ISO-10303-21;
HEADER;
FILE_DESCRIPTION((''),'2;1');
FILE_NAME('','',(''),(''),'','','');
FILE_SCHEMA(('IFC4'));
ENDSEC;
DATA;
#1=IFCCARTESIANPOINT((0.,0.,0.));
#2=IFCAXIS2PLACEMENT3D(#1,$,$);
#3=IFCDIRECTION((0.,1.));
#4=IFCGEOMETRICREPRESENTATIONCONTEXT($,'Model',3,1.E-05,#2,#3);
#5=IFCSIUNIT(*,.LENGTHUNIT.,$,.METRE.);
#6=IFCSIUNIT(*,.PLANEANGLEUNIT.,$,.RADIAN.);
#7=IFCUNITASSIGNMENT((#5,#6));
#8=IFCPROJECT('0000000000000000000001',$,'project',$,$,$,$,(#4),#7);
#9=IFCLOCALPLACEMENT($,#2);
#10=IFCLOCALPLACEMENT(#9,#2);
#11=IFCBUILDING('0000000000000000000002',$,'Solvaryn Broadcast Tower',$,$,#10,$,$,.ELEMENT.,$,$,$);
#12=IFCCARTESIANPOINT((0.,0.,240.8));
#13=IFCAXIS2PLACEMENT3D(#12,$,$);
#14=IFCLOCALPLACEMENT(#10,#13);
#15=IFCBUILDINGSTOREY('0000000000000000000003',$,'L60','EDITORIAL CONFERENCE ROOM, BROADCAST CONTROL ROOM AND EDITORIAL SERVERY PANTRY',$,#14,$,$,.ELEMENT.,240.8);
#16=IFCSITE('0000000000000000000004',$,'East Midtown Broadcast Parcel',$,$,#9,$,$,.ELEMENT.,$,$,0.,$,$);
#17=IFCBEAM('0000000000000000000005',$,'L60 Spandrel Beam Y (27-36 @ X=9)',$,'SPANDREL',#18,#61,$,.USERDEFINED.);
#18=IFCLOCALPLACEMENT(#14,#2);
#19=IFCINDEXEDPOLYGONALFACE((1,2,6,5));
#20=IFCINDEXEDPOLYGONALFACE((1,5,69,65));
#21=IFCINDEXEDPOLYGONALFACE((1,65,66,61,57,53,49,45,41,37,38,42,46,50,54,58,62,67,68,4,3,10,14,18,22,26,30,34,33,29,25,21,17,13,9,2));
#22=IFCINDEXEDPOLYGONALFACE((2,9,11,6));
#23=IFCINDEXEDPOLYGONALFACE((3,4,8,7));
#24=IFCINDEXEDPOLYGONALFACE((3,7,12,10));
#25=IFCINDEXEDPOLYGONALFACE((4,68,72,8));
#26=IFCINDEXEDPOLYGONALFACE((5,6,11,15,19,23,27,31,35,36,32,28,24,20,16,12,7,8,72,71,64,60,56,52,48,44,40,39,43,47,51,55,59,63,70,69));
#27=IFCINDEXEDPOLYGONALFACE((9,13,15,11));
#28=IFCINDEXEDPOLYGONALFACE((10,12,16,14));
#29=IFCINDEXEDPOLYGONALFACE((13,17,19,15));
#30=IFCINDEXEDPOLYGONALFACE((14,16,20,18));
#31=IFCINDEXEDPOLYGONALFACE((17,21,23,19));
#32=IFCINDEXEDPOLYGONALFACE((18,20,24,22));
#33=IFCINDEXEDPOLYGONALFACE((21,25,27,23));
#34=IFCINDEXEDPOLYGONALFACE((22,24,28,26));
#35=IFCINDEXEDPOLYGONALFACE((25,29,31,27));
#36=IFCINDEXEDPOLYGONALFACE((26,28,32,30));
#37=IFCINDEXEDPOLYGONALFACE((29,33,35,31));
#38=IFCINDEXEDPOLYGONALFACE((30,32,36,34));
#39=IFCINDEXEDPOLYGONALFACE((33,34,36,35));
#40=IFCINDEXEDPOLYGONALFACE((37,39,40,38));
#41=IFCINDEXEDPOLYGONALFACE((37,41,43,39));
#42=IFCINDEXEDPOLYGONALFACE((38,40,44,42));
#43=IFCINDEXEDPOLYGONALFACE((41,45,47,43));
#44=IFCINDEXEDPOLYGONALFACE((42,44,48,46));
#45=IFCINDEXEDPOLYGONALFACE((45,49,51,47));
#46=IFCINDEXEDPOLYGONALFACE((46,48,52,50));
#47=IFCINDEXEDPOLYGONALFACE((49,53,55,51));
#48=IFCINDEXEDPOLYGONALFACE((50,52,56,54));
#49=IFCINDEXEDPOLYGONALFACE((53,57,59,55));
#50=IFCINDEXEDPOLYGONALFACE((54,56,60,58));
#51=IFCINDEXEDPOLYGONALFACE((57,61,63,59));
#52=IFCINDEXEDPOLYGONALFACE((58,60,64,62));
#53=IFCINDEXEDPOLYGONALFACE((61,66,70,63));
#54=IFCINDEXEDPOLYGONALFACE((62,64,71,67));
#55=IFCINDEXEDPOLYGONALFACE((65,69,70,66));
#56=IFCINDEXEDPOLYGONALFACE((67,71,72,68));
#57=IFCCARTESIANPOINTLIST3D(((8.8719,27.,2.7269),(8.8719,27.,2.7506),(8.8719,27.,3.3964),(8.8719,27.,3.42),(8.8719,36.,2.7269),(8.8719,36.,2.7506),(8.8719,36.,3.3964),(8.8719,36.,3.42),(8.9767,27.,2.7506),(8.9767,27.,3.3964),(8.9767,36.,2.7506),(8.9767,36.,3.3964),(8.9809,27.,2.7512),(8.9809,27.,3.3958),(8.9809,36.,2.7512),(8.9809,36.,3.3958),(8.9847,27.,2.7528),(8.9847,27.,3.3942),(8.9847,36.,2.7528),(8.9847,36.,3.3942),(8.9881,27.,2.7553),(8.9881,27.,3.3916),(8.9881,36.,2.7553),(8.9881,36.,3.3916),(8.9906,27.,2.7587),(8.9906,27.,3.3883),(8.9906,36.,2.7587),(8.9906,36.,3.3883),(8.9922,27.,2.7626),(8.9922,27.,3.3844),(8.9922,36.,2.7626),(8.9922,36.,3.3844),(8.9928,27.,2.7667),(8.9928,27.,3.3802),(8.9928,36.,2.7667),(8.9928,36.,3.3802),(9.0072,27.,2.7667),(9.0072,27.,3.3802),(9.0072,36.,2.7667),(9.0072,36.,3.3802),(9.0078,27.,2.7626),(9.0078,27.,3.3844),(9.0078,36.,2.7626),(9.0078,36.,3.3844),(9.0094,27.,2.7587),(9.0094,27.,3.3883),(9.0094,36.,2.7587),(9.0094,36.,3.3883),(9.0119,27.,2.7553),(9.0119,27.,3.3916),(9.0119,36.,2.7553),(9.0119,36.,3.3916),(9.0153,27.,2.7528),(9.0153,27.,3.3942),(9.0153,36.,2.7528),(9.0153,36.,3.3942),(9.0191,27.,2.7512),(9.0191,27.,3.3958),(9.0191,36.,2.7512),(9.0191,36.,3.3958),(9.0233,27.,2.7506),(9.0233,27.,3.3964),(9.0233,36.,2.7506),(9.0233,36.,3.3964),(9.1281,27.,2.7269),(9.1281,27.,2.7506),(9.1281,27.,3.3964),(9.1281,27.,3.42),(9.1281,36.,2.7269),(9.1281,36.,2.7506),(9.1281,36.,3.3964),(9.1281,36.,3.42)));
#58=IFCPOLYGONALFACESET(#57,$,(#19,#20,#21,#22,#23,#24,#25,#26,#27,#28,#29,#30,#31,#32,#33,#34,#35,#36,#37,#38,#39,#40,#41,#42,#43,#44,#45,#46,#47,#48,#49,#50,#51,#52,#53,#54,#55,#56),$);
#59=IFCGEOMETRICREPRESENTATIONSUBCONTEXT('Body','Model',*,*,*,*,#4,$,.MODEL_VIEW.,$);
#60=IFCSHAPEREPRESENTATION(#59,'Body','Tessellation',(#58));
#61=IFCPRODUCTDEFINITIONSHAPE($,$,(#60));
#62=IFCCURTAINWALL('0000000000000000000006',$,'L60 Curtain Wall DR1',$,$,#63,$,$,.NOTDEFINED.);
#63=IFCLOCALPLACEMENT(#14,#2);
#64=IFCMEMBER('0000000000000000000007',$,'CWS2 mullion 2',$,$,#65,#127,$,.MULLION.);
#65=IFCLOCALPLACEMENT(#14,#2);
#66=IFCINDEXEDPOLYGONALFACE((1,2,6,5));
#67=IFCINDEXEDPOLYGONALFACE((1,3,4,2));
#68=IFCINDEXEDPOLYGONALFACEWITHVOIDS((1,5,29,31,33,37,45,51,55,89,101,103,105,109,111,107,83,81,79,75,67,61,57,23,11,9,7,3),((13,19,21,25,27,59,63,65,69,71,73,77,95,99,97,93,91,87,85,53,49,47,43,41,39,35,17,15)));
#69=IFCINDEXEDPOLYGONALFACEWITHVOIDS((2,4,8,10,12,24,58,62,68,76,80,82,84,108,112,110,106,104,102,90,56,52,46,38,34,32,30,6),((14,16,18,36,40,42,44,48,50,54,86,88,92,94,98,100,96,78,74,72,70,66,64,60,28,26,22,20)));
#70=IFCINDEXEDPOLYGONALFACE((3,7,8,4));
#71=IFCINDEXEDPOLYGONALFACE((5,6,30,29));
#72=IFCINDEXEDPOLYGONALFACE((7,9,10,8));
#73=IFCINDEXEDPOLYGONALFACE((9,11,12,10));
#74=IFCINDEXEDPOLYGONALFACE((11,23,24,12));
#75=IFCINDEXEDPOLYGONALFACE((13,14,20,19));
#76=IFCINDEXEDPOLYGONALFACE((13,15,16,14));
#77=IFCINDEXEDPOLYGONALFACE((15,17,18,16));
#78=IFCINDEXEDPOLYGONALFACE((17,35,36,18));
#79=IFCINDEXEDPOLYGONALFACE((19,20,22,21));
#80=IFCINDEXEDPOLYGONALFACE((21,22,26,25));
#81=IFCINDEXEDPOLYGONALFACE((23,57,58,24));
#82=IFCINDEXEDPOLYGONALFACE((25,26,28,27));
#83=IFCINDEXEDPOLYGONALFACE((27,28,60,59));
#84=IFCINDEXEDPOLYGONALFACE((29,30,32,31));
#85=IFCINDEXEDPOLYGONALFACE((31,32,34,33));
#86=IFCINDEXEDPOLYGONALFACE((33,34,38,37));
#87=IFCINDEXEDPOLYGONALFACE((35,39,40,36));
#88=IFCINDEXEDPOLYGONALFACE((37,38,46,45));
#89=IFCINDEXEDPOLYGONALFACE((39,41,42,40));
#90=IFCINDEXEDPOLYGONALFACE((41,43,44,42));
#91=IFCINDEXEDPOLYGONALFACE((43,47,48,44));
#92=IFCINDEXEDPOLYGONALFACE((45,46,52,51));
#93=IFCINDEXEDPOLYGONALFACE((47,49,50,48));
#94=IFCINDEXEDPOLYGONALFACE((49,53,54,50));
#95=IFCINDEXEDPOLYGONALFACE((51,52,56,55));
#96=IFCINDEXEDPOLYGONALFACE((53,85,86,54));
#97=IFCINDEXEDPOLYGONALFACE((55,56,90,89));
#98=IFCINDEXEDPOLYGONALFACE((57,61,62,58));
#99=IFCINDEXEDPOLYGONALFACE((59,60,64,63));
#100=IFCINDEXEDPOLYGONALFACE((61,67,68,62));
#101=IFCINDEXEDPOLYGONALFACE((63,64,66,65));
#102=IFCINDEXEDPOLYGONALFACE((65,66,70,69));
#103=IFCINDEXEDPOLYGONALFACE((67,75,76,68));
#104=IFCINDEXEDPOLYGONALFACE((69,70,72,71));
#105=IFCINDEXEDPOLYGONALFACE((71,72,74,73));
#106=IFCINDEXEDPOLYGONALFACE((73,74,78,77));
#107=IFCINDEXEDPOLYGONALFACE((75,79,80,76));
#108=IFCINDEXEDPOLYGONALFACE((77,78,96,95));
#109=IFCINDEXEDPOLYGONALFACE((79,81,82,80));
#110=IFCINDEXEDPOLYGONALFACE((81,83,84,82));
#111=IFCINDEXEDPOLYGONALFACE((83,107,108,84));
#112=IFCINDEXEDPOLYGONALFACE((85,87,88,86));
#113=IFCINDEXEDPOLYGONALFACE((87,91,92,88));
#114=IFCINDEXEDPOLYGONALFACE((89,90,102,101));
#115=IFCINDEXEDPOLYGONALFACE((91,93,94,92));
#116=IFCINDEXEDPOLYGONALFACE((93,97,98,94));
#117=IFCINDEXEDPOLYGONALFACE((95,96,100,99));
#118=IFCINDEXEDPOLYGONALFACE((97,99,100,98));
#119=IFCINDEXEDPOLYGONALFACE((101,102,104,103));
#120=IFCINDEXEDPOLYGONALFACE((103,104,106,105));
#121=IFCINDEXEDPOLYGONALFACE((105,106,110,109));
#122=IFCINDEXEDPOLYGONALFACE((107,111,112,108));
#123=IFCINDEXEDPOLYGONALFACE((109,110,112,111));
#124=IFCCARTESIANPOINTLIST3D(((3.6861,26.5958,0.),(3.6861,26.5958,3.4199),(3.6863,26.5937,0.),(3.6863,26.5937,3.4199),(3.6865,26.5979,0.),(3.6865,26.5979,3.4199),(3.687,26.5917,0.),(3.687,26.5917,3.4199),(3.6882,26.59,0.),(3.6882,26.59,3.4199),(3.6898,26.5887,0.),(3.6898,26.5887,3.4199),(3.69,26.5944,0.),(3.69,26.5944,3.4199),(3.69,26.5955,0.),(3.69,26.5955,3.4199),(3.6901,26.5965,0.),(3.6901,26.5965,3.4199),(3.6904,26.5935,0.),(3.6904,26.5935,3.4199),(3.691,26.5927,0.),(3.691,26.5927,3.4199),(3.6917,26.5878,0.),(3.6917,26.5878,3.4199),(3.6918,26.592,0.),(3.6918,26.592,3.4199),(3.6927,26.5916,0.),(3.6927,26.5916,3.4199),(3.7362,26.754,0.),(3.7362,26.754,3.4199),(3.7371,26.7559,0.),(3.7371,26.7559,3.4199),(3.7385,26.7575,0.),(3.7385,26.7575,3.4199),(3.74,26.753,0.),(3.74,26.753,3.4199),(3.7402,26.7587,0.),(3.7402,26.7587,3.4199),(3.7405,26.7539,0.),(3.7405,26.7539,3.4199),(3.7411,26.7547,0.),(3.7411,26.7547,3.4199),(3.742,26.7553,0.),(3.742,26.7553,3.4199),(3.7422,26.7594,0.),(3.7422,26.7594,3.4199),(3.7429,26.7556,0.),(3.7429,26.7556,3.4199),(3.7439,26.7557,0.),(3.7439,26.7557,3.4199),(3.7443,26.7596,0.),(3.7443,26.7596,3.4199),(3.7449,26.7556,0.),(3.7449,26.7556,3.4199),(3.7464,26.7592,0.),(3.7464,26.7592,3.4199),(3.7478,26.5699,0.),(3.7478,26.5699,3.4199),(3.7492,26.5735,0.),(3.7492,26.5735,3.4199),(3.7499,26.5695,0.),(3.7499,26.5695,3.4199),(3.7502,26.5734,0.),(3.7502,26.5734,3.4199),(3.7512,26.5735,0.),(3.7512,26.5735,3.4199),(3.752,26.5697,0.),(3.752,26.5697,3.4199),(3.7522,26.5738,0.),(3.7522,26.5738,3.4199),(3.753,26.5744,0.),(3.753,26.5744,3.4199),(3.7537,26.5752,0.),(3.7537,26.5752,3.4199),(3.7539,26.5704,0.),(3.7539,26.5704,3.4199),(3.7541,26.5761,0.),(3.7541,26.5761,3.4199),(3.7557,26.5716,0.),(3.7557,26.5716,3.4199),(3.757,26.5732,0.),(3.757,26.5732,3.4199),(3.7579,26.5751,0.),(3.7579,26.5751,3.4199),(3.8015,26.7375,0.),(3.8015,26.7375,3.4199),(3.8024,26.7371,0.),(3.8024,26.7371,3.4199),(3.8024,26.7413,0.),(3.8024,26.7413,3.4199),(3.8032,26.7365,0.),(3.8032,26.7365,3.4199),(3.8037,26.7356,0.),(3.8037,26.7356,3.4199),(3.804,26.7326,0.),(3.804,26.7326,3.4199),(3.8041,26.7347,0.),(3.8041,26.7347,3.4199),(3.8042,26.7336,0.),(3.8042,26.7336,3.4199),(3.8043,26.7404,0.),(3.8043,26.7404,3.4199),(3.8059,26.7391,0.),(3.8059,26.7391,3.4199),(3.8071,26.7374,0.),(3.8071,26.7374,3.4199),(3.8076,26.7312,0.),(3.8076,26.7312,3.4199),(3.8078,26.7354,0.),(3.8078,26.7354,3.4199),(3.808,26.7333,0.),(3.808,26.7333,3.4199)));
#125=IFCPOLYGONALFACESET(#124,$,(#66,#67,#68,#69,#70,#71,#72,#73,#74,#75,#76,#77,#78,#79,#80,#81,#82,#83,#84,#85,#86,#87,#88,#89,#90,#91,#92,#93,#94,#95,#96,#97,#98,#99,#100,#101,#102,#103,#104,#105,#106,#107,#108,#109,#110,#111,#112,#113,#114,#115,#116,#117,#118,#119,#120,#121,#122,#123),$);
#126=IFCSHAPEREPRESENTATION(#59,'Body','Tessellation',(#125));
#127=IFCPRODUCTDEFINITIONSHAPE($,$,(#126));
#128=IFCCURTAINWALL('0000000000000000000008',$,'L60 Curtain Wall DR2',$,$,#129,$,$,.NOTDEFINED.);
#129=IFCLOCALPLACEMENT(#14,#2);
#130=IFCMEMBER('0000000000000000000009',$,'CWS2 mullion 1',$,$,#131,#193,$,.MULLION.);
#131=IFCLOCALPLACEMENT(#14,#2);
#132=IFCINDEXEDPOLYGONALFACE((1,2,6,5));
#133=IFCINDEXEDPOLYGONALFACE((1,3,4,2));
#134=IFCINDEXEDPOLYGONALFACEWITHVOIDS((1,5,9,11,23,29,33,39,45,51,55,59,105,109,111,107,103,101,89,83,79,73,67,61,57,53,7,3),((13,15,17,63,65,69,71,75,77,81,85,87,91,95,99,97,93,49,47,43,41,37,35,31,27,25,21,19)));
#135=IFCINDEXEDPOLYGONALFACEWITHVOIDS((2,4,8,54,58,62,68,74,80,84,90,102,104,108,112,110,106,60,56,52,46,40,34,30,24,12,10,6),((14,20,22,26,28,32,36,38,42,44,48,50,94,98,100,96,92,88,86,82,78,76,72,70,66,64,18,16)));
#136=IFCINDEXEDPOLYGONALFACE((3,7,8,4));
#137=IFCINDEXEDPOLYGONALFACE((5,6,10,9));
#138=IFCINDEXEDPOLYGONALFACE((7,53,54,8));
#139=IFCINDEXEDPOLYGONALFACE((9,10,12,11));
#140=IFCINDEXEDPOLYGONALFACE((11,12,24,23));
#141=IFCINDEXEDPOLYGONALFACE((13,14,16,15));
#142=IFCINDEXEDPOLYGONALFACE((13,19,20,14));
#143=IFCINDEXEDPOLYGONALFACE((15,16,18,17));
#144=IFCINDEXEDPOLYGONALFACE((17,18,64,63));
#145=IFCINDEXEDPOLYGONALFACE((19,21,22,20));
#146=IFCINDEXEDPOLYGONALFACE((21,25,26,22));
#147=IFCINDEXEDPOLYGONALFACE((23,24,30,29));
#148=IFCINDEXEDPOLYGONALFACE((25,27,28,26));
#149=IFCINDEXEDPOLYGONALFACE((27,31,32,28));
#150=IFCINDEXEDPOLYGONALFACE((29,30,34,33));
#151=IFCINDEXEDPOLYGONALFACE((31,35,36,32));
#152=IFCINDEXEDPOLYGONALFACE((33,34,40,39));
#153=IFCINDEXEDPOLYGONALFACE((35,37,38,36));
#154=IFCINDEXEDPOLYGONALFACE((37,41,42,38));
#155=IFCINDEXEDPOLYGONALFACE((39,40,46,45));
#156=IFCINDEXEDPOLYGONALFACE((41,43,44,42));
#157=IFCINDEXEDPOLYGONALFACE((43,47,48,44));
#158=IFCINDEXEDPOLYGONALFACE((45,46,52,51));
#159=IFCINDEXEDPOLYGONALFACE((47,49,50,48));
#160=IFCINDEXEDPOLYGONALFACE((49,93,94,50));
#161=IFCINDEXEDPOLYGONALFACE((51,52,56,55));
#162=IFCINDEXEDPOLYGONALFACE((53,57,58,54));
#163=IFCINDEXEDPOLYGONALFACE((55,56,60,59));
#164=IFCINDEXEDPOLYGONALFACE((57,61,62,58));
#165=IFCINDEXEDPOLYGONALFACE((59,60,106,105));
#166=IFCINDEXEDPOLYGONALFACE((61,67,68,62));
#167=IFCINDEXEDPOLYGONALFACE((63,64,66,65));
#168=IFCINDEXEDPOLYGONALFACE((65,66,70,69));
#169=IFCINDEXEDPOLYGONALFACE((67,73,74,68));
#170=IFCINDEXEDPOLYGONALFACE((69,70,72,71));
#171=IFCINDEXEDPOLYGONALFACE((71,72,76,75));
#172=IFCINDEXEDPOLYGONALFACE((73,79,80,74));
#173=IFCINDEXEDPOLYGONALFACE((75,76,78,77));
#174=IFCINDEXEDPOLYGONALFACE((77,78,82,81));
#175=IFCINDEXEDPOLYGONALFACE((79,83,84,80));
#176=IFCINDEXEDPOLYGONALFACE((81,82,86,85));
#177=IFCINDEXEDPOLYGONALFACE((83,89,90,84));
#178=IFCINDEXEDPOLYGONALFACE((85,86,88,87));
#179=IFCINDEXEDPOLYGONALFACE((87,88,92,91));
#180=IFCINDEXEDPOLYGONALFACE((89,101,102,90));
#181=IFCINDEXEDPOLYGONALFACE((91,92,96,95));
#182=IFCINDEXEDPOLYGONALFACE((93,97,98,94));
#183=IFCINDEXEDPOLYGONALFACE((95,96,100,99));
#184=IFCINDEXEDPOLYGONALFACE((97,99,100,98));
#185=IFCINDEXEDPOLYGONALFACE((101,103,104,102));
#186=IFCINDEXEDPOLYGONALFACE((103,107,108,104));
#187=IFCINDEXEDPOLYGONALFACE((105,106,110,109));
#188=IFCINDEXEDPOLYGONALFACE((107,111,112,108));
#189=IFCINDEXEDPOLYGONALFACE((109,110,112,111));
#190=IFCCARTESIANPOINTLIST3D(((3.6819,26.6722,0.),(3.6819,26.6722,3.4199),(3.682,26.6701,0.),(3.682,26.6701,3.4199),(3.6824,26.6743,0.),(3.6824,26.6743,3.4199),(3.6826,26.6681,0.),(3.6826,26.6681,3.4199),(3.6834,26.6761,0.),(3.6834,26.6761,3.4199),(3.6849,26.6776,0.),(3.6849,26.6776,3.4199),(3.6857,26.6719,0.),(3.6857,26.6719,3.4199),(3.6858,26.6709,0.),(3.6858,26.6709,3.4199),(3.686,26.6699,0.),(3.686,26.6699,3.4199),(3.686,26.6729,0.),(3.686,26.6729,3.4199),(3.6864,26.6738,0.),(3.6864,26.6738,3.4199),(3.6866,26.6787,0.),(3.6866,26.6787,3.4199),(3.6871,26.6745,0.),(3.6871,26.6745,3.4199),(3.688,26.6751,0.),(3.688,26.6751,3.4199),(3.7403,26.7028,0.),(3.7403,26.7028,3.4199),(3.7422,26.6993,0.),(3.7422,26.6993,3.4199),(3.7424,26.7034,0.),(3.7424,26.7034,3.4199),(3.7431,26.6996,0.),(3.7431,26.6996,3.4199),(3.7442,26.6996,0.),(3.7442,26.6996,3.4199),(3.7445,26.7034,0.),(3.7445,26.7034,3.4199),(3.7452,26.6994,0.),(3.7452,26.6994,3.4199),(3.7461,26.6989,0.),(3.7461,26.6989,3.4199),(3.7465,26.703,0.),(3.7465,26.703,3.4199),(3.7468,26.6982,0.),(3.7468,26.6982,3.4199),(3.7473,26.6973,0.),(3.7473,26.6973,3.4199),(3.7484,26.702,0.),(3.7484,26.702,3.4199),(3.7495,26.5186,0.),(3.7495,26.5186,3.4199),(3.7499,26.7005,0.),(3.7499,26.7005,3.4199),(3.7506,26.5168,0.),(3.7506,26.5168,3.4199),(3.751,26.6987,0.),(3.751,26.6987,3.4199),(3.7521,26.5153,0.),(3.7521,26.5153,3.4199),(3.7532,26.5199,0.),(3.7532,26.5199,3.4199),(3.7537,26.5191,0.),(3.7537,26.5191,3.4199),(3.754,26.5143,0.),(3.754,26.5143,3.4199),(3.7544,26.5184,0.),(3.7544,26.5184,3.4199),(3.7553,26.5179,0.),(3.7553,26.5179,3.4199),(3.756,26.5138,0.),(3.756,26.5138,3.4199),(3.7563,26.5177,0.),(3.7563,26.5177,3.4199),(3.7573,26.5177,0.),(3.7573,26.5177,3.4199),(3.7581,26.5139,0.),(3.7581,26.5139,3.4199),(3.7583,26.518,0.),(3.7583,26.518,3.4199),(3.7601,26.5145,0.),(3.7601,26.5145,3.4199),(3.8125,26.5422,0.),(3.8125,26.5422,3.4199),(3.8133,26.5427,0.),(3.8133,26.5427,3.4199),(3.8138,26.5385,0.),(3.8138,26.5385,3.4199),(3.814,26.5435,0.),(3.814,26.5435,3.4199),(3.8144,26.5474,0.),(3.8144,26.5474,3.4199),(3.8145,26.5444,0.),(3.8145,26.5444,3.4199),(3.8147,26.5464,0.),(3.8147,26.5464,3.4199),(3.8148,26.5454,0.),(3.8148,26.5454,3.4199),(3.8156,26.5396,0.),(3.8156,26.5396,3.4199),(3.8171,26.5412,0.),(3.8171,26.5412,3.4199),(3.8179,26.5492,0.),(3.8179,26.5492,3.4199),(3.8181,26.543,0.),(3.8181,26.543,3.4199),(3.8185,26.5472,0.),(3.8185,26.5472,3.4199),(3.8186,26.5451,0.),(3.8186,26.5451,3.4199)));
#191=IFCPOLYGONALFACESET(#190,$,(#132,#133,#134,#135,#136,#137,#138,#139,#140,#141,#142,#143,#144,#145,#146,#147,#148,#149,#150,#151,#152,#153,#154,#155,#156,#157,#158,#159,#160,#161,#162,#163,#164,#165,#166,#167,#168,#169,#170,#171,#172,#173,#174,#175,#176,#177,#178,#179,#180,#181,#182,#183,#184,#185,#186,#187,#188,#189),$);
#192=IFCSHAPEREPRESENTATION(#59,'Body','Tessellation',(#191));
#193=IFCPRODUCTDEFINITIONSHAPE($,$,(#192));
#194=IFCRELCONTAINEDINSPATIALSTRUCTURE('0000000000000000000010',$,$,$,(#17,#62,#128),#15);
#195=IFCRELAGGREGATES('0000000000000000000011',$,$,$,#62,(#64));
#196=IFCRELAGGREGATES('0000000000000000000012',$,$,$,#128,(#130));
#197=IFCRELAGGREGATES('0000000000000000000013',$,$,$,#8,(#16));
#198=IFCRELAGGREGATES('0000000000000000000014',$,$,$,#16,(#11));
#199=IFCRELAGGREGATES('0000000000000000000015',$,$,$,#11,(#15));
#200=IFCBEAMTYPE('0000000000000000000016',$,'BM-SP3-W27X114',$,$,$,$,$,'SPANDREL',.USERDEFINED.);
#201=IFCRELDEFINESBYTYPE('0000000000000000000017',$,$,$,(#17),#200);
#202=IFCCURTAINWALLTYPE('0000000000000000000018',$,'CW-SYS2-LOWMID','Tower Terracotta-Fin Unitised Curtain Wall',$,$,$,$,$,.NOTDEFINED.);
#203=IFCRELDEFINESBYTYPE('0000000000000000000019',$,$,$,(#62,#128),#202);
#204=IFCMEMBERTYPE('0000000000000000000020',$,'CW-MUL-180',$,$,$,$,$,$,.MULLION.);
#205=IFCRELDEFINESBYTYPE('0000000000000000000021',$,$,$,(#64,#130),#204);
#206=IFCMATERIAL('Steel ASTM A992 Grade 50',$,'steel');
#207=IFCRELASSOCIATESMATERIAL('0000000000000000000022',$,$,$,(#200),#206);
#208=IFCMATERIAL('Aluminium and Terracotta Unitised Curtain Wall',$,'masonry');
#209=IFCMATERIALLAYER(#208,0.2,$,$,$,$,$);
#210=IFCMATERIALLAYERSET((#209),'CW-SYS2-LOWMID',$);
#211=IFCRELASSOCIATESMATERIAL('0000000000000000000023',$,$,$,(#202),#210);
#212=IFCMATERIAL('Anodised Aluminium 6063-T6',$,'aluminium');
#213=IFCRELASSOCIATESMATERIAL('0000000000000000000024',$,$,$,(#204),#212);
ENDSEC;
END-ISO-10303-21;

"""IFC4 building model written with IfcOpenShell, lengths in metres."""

from ifc_helpers import new_model, si_unit, direction, frame, origin, origin_2d, place, context, subcontext, project, spatial, hollow_rectangle, i_section, extrude, material, layer, layer_set, material_profile, profile_set, type_object, element, aggregate, save


model = new_model("IFC4")

# Units and contexts
model_context = context("Model", 3, precision=1e-05, world=origin(), true_north=direction((0.0, 1.0)))
body_context = subcontext(model_context, "Body", "Model", "MODEL_VIEW")
ifc_project = project(units=[si_unit("LENGTHUNIT", "METRE"), si_unit("PLANEANGLEUNIT", "RADIAN")], contexts=[model_context])

# Site, building, storey
site_placement = place(None, origin())
site = spatial("IfcSite", under=ifc_project, at=site_placement, Name="East Midtown Broadcast Parcel", CompositionType="ELEMENT", RefElevation=0.0)
building_placement = place(site_placement, origin())
building = spatial("IfcBuilding", under=site, at=building_placement, Name="Solvaryn Broadcast Tower", CompositionType="ELEMENT")
storey_placement = place(building_placement, frame((0.0, 0.0, 240.8)))
storey = spatial("IfcBuildingStorey", under=building, at=storey_placement, Name="L60", Description="EDITORIAL CONFERENCE ROOM, BROADCAST CONTROL ROOM AND EDITORIAL SERVERY PANTRY", CompositionType="ELEMENT", Elevation=240.8)

# Beam
ifc_material_1 = material(Name="Steel ASTM A992 Grade 50", Category="steel")
ifc_material_profile_1 = material_profile(ifc_material_1, i_section(OverallWidth=0.2561, OverallDepth=0.6931, WebThickness=0.0144, FlangeThickness=0.0237, FilletRadius=0.0161, at=origin_2d()))
ifc_profile_set_1 = profile_set([ifc_material_profile_1], Name="Steel ASTM A992 Grade 50")
beam_type_1 = type_object("IfcBeamType", Name="BM-SP3-W27X114", ElementType="SPANDREL", PredefinedType="USERDEFINED", material=ifc_profile_set_1)
beam_1_placement = place(storey_placement, frame((9.0, 27.0, 3.0735), z_axis=(0.0, 1.0, 0.0), x_axis=(-1.0, 0.0, 0.0)))
element("IfcBeam", 1, at=beam_1_placement, inside=storey, type_object=beam_type_1, Name="L60 Spandrel Beam Y (27-36 @ X=9)", ObjectType="SPANDREL", PredefinedType="USERDEFINED", context=body_context, shape_type="SweptSolid", body=[
    extrude(i_section(OverallWidth=0.2561, OverallDepth=0.6931, WebThickness=0.0144, FlangeThickness=0.0237, FilletRadius=0.0161, at=origin_2d()), origin(), (0.0, 0.0, 1.0), 9.0),
])

# Curtain wall, member
ifc_material_2 = material(Name="Aluminium and Terracotta Unitised Curtain Wall", Category="masonry")
ifc_layer_1 = layer(ifc_material_2, 0.2)
ifc_layer_set_1 = layer_set([ifc_layer_1], Name="CW-SYS2-LOWMID")
curtain_wall_type = type_object("IfcCurtainWallType", Name="CW-SYS2-LOWMID", Description="Tower Terracotta-Fin Unitised Curtain Wall", PredefinedType="NOTDEFINED", material=ifc_layer_set_1)
curtain_wall_1_placement = place(storey_placement, origin())
curtain_wall_1 = element("IfcCurtainWall", 2, at=curtain_wall_1_placement, inside=storey, type_object=curtain_wall_type, Name="L60 Curtain Wall DR1", PredefinedType="NOTDEFINED")
ifc_material_3 = material(Name="Anodised Aluminium 6063-T6", Category="aluminium")
ifc_material_profile_2 = material_profile(ifc_material_3, hollow_rectangle(XDim=0.075, YDim=0.1799, WallThickness=0.0039, InnerFilletRadius=0.0039, OuterFilletRadius=0.0081, at=origin_2d()))
ifc_profile_set_2 = profile_set([ifc_material_profile_2], Name="Anodised Aluminium 6063-T6")
member_type_1 = type_object("IfcMemberType", Name="CW-MUL-180", PredefinedType="MULLION", material=ifc_profile_set_2)
member_1_placement = place(storey_placement, frame((3.7471, 26.6646, 0.0), z_axis=(0.0, 0.0, 1.0), x_axis=(0.952795, -0.303616, 0.0)))
member_1 = element("IfcMember", 3, at=member_1_placement, type_object=member_type_1, Name="CWS2 mullion 2", PredefinedType="MULLION", context=body_context, shape_type="SweptSolid", body=[
    extrude(hollow_rectangle(XDim=0.075, YDim=0.1799, WallThickness=0.0039, InnerFilletRadius=0.0039, OuterFilletRadius=0.0081, at=origin_2d()), origin(), (0.0, 0.0, 1.0), 3.4199),
])
aggregate(curtain_wall_1, [member_1])

# Curtain wall, member
curtain_wall_2_placement = place(storey_placement, origin())
curtain_wall_2 = element("IfcCurtainWall", 4, at=curtain_wall_2_placement, inside=storey, type_object=curtain_wall_type, Name="L60 Curtain Wall DR2", PredefinedType="NOTDEFINED")
member_2_placement = place(storey_placement, frame((3.7502, 26.6086, 0.0), z_axis=(0.0, 0.0, 1.0), x_axis=(0.912774, 0.408466, 0.0)))
member_2 = element("IfcMember", 5, at=member_2_placement, type_object=member_type_1, Name="CWS2 mullion 1", PredefinedType="MULLION", context=body_context, shape_type="SweptSolid", body=[
    extrude(hollow_rectangle(XDim=0.075, YDim=0.1799, WallThickness=0.0039, InnerFilletRadius=0.0039, OuterFilletRadius=0.0081, at=origin_2d()), origin(), (0.0, 0.0, 1.0), 3.4199),
])
aggregate(curtain_wall_2, [member_2])

save(model, "model.ifc")
